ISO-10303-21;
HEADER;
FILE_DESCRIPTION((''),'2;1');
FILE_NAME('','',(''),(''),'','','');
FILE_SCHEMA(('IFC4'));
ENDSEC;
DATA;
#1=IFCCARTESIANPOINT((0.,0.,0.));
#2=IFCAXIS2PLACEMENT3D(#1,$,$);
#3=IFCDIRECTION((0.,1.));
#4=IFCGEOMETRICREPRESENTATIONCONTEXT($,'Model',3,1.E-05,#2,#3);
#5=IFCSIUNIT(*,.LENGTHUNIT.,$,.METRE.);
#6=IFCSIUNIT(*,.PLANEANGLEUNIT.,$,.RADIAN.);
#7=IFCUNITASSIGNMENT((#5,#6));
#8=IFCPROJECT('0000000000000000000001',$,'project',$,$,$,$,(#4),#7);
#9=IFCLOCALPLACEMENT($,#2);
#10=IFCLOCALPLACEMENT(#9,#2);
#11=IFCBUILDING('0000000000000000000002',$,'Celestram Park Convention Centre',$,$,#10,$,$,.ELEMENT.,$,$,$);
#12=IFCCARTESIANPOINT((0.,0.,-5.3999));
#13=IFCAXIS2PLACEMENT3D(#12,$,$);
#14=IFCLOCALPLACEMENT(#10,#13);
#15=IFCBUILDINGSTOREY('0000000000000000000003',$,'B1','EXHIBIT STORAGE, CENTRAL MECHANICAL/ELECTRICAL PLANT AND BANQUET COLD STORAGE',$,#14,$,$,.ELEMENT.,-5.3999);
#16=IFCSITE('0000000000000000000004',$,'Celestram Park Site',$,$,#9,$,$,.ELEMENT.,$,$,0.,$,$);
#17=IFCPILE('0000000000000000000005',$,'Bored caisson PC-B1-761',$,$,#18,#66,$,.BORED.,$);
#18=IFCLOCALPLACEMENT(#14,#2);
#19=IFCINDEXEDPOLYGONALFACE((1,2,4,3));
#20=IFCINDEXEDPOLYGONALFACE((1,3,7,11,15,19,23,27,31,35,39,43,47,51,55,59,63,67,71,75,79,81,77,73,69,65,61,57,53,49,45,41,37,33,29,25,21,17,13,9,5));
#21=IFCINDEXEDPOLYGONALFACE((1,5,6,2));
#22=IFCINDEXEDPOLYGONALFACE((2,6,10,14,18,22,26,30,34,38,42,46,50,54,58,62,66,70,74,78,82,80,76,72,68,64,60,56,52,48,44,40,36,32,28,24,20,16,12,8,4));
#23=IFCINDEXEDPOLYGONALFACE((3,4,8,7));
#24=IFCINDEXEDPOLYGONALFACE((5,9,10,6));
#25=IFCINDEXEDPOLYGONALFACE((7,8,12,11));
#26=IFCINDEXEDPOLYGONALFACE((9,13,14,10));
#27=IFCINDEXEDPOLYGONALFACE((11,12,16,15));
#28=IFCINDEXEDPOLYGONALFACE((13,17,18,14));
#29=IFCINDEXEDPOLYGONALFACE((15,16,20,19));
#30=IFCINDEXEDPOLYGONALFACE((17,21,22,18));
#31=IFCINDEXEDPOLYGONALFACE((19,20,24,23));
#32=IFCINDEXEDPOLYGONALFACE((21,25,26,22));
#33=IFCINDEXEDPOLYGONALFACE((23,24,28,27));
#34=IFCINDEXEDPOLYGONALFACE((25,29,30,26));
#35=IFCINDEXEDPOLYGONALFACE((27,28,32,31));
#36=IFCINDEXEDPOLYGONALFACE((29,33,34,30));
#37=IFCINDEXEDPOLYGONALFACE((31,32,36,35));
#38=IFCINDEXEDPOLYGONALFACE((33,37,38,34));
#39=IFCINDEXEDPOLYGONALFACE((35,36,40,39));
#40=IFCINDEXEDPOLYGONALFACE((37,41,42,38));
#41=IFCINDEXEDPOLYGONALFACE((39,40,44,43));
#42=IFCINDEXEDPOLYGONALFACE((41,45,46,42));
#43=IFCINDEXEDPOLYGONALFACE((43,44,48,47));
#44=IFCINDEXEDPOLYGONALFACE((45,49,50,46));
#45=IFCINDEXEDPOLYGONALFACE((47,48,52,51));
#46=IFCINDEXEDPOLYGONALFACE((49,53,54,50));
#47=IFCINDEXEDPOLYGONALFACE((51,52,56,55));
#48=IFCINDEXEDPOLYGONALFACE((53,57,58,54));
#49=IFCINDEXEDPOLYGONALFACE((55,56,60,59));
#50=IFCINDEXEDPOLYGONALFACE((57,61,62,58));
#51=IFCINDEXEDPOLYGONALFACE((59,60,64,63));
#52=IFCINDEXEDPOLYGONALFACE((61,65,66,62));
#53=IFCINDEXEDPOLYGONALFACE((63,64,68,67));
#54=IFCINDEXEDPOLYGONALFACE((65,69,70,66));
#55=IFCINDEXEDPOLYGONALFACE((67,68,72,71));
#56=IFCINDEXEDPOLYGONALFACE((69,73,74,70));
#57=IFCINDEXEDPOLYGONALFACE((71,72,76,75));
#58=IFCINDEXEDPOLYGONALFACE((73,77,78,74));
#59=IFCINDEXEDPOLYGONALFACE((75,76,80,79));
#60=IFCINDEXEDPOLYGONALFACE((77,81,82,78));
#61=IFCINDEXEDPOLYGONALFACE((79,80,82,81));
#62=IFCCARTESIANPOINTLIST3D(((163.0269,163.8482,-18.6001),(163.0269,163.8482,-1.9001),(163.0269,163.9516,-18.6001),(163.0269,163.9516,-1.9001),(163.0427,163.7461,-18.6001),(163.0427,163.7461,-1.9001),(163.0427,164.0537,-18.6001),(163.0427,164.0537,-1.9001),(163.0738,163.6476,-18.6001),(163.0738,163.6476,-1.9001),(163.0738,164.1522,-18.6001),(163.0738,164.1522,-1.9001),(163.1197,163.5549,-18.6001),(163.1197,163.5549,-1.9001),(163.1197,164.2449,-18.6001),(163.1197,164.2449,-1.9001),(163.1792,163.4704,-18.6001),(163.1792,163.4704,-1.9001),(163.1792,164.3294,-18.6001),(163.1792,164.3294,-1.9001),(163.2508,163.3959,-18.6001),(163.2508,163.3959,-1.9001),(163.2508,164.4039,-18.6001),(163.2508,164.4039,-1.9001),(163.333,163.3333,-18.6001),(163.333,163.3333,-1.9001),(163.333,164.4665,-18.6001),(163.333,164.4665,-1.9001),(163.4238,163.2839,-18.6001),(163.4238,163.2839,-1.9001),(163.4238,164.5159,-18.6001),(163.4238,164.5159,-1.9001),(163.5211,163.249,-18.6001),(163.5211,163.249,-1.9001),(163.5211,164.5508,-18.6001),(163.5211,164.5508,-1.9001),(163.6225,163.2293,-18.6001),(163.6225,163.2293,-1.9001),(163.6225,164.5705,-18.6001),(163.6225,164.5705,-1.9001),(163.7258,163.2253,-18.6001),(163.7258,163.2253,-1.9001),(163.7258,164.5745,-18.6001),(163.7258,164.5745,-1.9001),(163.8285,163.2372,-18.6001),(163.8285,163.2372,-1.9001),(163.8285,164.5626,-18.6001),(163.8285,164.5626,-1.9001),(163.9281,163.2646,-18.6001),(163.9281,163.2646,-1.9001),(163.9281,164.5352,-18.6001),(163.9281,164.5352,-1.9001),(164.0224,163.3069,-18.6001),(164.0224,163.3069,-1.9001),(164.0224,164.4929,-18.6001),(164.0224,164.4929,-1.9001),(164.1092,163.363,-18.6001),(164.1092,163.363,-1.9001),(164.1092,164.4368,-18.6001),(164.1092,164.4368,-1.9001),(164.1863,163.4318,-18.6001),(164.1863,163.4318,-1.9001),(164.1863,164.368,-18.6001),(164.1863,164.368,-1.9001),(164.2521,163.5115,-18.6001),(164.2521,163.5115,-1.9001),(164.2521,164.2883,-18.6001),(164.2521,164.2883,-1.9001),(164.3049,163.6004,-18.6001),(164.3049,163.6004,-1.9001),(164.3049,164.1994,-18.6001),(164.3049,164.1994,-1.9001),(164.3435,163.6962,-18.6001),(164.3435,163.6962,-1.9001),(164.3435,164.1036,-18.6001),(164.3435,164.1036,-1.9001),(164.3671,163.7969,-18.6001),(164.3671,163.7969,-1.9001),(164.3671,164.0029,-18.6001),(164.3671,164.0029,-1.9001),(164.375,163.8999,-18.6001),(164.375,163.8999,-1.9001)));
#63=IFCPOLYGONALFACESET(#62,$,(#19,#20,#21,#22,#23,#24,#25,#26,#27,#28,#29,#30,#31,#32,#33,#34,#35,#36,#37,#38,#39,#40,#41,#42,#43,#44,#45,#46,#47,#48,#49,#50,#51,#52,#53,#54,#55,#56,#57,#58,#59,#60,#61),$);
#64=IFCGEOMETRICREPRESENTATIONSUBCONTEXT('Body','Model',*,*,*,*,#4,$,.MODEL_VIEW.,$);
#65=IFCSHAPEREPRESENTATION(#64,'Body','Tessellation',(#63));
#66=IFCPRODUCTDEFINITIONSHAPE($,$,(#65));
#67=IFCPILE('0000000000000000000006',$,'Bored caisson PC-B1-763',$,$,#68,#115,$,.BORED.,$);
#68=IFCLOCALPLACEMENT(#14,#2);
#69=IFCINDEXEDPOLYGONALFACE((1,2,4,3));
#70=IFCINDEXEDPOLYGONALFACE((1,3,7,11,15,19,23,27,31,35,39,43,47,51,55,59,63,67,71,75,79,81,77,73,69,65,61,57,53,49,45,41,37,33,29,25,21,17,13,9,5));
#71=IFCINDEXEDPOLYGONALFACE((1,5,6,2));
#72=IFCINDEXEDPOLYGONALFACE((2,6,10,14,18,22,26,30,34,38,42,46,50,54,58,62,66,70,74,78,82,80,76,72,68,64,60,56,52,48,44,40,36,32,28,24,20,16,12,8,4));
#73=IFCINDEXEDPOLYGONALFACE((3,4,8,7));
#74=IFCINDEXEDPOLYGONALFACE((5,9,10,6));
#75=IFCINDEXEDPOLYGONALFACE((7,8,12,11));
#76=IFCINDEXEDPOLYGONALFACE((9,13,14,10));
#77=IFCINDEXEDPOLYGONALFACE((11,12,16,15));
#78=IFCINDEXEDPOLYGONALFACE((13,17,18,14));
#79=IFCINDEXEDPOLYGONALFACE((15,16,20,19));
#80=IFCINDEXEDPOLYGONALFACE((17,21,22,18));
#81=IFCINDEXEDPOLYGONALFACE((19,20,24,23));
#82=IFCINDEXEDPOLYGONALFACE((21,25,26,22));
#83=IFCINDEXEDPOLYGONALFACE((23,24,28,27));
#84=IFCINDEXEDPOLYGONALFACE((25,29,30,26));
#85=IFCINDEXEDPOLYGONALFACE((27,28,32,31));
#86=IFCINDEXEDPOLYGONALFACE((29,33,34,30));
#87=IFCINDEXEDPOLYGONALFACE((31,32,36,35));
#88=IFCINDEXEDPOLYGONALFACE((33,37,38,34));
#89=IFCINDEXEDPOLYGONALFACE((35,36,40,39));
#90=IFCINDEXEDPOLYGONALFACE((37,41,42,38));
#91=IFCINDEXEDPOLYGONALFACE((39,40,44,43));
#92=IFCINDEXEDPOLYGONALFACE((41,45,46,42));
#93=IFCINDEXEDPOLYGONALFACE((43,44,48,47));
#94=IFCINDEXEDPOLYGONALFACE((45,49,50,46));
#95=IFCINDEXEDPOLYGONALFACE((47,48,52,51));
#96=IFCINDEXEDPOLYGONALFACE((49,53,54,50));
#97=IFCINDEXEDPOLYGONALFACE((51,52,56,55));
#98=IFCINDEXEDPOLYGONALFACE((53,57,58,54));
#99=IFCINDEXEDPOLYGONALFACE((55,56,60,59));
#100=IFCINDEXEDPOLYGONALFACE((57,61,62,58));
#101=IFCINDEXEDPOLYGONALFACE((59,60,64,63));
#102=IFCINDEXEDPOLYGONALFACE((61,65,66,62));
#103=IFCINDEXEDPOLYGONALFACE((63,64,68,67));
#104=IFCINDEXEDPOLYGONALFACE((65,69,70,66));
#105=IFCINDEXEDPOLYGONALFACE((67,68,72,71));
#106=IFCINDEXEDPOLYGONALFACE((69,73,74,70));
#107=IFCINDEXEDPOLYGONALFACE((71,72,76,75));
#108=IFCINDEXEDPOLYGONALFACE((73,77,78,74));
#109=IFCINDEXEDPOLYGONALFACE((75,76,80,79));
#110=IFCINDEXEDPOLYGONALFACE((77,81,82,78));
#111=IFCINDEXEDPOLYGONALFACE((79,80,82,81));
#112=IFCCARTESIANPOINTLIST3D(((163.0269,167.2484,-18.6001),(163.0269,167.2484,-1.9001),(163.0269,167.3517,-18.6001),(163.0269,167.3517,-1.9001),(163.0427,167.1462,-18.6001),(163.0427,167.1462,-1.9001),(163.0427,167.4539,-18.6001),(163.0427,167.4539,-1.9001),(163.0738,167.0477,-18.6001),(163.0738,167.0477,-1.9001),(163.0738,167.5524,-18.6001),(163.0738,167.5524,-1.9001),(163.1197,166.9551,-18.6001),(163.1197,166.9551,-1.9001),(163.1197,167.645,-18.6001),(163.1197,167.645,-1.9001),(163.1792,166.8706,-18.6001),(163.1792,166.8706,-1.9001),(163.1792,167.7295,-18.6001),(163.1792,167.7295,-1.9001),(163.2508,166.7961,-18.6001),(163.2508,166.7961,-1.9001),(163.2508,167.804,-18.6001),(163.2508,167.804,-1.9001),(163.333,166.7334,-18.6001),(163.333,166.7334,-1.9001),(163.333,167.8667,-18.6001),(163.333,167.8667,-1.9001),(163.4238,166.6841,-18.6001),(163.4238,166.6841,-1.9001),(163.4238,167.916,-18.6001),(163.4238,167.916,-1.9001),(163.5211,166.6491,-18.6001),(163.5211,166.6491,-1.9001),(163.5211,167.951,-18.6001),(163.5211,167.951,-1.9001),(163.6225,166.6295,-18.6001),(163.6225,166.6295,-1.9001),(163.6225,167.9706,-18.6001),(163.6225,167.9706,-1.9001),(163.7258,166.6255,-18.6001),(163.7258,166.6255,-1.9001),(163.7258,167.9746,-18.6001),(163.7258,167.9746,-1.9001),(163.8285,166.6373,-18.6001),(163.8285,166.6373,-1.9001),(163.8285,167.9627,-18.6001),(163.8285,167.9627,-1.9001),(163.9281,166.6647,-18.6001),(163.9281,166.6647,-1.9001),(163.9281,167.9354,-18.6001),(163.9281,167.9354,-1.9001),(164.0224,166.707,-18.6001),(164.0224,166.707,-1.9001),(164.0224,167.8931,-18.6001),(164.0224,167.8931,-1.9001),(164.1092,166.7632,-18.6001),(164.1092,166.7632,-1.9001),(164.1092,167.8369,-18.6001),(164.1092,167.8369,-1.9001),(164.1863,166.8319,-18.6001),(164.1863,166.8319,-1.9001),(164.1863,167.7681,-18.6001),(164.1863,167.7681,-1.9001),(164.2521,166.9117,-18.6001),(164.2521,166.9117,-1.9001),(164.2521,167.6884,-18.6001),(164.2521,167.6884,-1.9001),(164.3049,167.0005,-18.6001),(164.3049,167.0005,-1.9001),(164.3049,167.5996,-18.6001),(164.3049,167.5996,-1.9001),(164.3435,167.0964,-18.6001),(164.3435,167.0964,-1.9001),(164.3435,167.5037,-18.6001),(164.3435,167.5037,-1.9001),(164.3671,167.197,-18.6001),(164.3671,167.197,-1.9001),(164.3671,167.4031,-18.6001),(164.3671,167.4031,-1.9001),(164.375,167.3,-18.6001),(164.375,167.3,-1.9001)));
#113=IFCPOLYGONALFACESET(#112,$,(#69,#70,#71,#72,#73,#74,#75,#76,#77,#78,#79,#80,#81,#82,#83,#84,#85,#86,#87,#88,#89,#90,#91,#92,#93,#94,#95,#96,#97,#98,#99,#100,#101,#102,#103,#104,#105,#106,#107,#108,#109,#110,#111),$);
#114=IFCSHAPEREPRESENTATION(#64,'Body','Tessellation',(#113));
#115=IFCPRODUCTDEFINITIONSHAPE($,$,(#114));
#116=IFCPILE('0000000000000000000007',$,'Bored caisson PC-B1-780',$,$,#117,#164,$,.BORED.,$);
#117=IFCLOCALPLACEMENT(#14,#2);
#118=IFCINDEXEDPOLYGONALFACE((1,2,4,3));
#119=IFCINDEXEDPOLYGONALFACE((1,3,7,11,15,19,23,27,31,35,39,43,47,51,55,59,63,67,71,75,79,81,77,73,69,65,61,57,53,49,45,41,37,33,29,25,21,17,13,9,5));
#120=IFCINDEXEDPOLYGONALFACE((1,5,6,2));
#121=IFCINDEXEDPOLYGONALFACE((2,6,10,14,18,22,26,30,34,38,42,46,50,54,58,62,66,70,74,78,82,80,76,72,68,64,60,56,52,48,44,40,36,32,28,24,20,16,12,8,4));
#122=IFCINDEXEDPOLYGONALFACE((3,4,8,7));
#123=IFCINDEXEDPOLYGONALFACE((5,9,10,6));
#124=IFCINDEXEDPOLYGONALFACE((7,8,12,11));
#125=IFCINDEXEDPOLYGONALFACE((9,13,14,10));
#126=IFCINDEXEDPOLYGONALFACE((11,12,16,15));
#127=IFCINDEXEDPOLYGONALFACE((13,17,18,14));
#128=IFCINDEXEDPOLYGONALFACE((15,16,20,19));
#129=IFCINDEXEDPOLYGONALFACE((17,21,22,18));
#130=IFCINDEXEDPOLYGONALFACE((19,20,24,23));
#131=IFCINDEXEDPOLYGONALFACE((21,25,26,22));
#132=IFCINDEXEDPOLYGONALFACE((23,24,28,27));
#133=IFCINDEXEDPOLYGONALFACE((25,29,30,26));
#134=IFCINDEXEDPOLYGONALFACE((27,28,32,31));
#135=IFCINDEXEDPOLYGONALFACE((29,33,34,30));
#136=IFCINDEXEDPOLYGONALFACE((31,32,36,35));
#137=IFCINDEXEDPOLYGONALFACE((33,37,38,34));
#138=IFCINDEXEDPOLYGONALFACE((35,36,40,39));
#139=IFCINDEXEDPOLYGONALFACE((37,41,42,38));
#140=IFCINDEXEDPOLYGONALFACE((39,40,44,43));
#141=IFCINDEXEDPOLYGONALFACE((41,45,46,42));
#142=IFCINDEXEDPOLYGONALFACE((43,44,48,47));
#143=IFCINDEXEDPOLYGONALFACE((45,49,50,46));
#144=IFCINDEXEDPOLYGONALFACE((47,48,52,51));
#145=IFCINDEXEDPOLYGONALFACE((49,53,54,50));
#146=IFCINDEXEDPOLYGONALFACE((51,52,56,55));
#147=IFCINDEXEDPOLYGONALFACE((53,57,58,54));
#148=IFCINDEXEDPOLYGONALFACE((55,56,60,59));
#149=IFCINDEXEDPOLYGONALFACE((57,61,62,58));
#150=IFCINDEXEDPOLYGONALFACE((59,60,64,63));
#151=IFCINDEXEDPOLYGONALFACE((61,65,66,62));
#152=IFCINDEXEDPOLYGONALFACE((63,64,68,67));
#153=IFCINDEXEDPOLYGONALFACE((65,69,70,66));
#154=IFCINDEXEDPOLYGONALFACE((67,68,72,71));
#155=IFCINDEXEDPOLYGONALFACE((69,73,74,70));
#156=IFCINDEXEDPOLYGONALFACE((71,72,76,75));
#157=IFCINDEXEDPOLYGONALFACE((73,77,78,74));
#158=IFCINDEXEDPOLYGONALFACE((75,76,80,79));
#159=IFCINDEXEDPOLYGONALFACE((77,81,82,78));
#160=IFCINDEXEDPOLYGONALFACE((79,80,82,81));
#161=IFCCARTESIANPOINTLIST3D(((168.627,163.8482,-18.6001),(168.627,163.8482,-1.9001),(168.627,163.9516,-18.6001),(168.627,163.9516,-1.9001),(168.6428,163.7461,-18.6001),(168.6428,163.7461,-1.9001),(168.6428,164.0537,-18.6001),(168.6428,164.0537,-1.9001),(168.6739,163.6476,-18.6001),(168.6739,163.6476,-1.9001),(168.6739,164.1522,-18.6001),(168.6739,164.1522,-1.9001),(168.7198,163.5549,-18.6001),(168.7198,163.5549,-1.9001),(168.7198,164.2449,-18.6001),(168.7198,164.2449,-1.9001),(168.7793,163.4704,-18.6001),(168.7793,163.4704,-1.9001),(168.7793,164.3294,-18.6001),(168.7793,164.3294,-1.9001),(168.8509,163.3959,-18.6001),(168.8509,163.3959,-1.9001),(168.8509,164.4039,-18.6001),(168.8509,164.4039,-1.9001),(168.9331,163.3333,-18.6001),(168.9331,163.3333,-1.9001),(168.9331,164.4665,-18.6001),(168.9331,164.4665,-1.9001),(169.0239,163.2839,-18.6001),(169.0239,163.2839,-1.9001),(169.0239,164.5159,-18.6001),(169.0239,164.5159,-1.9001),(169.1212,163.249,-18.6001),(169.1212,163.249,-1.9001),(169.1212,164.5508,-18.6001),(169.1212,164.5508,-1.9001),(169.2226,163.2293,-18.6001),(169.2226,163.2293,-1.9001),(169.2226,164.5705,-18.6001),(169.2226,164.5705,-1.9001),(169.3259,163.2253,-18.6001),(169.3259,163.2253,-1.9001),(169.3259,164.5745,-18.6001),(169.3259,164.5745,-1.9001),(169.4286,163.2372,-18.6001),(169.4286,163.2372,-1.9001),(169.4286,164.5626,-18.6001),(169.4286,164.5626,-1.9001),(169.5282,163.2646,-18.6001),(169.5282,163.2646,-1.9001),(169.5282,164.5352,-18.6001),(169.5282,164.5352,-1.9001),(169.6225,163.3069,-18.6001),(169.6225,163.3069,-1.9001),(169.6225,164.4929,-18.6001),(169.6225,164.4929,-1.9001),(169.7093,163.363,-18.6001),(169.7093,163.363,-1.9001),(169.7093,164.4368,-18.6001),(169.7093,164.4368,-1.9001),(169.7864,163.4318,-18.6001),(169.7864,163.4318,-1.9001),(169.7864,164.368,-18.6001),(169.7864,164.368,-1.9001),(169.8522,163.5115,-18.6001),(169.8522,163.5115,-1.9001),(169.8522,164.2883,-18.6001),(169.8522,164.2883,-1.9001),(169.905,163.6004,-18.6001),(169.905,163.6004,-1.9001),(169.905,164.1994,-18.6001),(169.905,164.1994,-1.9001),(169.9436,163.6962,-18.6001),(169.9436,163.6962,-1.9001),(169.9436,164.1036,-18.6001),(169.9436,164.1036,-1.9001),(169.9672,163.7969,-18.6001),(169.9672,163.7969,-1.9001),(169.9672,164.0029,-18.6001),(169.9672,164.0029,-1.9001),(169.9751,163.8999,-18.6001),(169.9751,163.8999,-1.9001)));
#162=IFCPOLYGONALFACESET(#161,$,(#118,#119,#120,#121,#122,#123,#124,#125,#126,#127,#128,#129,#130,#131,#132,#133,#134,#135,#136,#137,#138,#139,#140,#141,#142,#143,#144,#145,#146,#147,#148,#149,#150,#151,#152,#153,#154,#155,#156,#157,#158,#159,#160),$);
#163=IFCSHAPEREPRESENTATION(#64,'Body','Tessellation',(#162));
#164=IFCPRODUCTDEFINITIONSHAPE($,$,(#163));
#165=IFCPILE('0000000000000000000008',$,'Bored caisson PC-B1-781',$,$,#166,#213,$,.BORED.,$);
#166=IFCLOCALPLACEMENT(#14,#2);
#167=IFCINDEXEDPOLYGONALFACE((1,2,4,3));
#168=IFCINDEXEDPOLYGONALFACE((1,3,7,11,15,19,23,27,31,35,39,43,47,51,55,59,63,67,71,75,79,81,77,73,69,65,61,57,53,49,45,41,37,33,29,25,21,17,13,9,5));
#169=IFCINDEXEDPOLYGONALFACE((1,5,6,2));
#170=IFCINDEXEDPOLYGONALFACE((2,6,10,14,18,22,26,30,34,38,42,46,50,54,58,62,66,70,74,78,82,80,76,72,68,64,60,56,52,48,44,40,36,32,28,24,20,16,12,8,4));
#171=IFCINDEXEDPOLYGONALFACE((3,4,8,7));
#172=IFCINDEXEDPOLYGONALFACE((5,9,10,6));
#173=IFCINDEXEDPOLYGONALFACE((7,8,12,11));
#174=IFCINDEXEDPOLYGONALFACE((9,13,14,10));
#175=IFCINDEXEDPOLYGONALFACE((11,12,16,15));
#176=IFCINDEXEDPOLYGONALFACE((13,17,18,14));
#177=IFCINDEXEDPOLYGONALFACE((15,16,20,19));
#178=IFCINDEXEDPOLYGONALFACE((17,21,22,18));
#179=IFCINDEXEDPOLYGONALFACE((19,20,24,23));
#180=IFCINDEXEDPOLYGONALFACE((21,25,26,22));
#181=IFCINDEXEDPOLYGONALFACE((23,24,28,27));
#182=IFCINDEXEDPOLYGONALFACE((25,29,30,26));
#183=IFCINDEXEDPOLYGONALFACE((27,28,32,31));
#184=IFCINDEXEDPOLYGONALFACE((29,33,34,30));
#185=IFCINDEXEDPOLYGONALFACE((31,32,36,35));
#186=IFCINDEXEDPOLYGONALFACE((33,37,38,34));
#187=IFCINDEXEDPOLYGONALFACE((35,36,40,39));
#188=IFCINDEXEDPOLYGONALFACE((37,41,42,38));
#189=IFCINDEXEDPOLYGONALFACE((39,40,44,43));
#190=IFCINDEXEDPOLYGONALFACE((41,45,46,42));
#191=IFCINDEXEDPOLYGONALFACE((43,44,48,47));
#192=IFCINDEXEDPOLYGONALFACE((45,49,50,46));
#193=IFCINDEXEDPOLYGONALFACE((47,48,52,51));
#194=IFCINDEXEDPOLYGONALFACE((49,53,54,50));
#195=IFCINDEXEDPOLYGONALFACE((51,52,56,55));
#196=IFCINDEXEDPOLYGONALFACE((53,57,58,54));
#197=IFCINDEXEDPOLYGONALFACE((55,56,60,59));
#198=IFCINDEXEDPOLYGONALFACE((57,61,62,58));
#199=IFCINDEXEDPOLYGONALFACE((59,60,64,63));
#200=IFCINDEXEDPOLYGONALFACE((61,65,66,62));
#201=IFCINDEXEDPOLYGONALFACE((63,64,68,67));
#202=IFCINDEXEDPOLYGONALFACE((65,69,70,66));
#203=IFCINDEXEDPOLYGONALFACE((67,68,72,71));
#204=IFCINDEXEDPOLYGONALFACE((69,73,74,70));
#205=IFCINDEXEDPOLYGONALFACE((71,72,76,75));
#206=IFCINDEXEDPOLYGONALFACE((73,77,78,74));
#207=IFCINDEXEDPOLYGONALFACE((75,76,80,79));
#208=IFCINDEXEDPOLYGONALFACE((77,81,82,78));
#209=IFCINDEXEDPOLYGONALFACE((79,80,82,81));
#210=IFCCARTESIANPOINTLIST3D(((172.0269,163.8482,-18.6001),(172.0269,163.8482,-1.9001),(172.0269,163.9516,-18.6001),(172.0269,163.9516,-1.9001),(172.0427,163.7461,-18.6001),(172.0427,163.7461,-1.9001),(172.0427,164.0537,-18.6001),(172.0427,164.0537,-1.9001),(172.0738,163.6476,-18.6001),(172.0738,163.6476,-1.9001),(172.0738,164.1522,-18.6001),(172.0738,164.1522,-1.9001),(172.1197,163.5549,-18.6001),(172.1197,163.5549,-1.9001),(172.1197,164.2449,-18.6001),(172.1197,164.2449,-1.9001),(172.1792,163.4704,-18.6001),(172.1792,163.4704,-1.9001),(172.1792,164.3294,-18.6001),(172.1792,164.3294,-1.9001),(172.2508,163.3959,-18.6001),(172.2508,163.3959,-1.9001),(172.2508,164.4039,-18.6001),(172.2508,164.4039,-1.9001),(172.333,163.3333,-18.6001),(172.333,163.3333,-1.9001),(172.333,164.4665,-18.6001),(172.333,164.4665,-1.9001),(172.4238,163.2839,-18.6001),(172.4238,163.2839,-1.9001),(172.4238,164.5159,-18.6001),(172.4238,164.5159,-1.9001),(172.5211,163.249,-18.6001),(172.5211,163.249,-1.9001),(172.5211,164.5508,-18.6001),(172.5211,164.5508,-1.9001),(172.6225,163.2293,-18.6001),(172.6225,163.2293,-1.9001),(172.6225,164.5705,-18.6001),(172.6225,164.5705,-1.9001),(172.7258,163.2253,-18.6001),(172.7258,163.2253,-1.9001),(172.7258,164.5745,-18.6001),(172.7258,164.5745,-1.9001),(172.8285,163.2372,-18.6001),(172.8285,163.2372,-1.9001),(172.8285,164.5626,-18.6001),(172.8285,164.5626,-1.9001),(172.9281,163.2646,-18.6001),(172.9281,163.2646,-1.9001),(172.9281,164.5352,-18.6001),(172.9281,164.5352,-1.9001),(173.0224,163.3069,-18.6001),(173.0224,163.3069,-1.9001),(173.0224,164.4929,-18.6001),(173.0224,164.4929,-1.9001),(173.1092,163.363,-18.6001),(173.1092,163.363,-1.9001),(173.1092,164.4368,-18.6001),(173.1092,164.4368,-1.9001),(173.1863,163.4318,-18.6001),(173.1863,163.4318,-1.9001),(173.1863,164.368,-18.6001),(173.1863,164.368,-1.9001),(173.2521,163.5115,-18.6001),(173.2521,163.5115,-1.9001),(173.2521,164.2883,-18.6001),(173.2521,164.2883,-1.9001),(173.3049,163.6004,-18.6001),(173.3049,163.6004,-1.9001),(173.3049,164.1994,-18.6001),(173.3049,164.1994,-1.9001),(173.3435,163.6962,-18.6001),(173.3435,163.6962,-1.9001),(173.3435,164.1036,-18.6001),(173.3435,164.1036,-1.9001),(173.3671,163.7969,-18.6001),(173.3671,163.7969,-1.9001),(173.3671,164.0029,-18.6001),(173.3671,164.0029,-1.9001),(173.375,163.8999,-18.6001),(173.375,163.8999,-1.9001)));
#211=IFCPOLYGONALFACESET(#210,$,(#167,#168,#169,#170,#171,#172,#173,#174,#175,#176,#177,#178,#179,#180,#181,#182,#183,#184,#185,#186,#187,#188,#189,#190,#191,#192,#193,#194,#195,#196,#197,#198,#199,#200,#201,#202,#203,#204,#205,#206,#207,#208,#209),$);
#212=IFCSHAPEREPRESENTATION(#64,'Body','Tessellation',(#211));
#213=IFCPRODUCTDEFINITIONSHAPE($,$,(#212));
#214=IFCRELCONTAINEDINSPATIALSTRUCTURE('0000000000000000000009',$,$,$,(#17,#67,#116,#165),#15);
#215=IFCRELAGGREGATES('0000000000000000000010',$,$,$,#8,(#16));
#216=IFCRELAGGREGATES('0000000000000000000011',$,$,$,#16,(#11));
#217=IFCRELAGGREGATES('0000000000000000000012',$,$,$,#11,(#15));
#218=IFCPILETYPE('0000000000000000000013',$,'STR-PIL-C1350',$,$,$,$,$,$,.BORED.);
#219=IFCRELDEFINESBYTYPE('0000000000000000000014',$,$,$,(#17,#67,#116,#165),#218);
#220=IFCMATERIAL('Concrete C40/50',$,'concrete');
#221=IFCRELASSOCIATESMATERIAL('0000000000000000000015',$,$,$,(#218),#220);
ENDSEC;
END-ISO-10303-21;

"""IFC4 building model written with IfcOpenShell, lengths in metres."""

from ifc_helpers import new_model, si_unit, direction, frame, origin, origin_2d, place, context, subcontext, project, spatial, circle, extrude, material, material_profile, profile_set, type_object, element, save


model = new_model("IFC4")

# Units and contexts
model_context = context("Model", 3, precision=1e-05, world=origin(), true_north=direction((0.0, 1.0)))
body_context = subcontext(model_context, "Body", "Model", "MODEL_VIEW")
ifc_project = project(units=[si_unit("LENGTHUNIT", "METRE"), si_unit("PLANEANGLEUNIT", "RADIAN")], contexts=[model_context])

# Site, building, storey
site_placement = place(None, origin())
site = spatial("IfcSite", under=ifc_project, at=site_placement, Name="Celestram Park Site", CompositionType="ELEMENT", RefElevation=0.0)
building_placement = place(site_placement, origin())
building = spatial("IfcBuilding", under=site, at=building_placement, Name="Celestram Park Convention Centre", CompositionType="ELEMENT")
storey_placement = place(building_placement, frame((0.0, 0.0, -5.3999)))
storey = spatial("IfcBuildingStorey", under=building, at=storey_placement, Name="B1", Description="EXHIBIT STORAGE, CENTRAL MECHANICAL/ELECTRICAL PLANT AND BANQUET COLD STORAGE", CompositionType="ELEMENT", Elevation=-5.3999)

# Shared definitions
ifc_material_1 = material(Name="Concrete C40/50", Category="concrete")

# Piles
ifc_material_profile_1 = material_profile(ifc_material_1, circle(Radius=0.675, at=origin_2d()), Name="CAISSON1350")
ifc_profile_set_1 = profile_set([ifc_material_profile_1], Name="Concrete C40/50")
pile_type_1 = type_object("IfcPileType", Name="STR-PIL-C1350", PredefinedType="BORED", material=ifc_profile_set_1)
for number, where, z_axis, x_axis, name in (
    (1, (163.7, 163.8999, -1.9001), (0.0, 0.0, -1.0), (1.0, 0.0, 0.0), "Bored caisson PC-B1-761"),
    (2, (163.7, 167.3, -1.9001), (0.0, 0.0, -1.0), (1.0, 0.0, 0.0), "Bored caisson PC-B1-763"),
    (3, (169.3, 163.8999, -1.9001), (0.0, 0.0, -1.0), (1.0, 0.0, 0.0), "Bored caisson PC-B1-780"),
    (4, (172.7, 163.8999, -1.9001), (0.0, 0.0, -1.0), (1.0, 0.0, 0.0), "Bored caisson PC-B1-781"),
):
    element("IfcPile", number, at=place(storey_placement, frame(where, z_axis=z_axis, x_axis=x_axis)), inside=storey, type_object=pile_type_1, Name=name, PredefinedType="BORED", context=body_context, shape_type="SweptSolid", body=[
        extrude(circle(Radius=0.675, at=origin_2d()), origin(), (0.0, 0.0, 1.0), 16.7),
    ])

save(model, "model.ifc")
